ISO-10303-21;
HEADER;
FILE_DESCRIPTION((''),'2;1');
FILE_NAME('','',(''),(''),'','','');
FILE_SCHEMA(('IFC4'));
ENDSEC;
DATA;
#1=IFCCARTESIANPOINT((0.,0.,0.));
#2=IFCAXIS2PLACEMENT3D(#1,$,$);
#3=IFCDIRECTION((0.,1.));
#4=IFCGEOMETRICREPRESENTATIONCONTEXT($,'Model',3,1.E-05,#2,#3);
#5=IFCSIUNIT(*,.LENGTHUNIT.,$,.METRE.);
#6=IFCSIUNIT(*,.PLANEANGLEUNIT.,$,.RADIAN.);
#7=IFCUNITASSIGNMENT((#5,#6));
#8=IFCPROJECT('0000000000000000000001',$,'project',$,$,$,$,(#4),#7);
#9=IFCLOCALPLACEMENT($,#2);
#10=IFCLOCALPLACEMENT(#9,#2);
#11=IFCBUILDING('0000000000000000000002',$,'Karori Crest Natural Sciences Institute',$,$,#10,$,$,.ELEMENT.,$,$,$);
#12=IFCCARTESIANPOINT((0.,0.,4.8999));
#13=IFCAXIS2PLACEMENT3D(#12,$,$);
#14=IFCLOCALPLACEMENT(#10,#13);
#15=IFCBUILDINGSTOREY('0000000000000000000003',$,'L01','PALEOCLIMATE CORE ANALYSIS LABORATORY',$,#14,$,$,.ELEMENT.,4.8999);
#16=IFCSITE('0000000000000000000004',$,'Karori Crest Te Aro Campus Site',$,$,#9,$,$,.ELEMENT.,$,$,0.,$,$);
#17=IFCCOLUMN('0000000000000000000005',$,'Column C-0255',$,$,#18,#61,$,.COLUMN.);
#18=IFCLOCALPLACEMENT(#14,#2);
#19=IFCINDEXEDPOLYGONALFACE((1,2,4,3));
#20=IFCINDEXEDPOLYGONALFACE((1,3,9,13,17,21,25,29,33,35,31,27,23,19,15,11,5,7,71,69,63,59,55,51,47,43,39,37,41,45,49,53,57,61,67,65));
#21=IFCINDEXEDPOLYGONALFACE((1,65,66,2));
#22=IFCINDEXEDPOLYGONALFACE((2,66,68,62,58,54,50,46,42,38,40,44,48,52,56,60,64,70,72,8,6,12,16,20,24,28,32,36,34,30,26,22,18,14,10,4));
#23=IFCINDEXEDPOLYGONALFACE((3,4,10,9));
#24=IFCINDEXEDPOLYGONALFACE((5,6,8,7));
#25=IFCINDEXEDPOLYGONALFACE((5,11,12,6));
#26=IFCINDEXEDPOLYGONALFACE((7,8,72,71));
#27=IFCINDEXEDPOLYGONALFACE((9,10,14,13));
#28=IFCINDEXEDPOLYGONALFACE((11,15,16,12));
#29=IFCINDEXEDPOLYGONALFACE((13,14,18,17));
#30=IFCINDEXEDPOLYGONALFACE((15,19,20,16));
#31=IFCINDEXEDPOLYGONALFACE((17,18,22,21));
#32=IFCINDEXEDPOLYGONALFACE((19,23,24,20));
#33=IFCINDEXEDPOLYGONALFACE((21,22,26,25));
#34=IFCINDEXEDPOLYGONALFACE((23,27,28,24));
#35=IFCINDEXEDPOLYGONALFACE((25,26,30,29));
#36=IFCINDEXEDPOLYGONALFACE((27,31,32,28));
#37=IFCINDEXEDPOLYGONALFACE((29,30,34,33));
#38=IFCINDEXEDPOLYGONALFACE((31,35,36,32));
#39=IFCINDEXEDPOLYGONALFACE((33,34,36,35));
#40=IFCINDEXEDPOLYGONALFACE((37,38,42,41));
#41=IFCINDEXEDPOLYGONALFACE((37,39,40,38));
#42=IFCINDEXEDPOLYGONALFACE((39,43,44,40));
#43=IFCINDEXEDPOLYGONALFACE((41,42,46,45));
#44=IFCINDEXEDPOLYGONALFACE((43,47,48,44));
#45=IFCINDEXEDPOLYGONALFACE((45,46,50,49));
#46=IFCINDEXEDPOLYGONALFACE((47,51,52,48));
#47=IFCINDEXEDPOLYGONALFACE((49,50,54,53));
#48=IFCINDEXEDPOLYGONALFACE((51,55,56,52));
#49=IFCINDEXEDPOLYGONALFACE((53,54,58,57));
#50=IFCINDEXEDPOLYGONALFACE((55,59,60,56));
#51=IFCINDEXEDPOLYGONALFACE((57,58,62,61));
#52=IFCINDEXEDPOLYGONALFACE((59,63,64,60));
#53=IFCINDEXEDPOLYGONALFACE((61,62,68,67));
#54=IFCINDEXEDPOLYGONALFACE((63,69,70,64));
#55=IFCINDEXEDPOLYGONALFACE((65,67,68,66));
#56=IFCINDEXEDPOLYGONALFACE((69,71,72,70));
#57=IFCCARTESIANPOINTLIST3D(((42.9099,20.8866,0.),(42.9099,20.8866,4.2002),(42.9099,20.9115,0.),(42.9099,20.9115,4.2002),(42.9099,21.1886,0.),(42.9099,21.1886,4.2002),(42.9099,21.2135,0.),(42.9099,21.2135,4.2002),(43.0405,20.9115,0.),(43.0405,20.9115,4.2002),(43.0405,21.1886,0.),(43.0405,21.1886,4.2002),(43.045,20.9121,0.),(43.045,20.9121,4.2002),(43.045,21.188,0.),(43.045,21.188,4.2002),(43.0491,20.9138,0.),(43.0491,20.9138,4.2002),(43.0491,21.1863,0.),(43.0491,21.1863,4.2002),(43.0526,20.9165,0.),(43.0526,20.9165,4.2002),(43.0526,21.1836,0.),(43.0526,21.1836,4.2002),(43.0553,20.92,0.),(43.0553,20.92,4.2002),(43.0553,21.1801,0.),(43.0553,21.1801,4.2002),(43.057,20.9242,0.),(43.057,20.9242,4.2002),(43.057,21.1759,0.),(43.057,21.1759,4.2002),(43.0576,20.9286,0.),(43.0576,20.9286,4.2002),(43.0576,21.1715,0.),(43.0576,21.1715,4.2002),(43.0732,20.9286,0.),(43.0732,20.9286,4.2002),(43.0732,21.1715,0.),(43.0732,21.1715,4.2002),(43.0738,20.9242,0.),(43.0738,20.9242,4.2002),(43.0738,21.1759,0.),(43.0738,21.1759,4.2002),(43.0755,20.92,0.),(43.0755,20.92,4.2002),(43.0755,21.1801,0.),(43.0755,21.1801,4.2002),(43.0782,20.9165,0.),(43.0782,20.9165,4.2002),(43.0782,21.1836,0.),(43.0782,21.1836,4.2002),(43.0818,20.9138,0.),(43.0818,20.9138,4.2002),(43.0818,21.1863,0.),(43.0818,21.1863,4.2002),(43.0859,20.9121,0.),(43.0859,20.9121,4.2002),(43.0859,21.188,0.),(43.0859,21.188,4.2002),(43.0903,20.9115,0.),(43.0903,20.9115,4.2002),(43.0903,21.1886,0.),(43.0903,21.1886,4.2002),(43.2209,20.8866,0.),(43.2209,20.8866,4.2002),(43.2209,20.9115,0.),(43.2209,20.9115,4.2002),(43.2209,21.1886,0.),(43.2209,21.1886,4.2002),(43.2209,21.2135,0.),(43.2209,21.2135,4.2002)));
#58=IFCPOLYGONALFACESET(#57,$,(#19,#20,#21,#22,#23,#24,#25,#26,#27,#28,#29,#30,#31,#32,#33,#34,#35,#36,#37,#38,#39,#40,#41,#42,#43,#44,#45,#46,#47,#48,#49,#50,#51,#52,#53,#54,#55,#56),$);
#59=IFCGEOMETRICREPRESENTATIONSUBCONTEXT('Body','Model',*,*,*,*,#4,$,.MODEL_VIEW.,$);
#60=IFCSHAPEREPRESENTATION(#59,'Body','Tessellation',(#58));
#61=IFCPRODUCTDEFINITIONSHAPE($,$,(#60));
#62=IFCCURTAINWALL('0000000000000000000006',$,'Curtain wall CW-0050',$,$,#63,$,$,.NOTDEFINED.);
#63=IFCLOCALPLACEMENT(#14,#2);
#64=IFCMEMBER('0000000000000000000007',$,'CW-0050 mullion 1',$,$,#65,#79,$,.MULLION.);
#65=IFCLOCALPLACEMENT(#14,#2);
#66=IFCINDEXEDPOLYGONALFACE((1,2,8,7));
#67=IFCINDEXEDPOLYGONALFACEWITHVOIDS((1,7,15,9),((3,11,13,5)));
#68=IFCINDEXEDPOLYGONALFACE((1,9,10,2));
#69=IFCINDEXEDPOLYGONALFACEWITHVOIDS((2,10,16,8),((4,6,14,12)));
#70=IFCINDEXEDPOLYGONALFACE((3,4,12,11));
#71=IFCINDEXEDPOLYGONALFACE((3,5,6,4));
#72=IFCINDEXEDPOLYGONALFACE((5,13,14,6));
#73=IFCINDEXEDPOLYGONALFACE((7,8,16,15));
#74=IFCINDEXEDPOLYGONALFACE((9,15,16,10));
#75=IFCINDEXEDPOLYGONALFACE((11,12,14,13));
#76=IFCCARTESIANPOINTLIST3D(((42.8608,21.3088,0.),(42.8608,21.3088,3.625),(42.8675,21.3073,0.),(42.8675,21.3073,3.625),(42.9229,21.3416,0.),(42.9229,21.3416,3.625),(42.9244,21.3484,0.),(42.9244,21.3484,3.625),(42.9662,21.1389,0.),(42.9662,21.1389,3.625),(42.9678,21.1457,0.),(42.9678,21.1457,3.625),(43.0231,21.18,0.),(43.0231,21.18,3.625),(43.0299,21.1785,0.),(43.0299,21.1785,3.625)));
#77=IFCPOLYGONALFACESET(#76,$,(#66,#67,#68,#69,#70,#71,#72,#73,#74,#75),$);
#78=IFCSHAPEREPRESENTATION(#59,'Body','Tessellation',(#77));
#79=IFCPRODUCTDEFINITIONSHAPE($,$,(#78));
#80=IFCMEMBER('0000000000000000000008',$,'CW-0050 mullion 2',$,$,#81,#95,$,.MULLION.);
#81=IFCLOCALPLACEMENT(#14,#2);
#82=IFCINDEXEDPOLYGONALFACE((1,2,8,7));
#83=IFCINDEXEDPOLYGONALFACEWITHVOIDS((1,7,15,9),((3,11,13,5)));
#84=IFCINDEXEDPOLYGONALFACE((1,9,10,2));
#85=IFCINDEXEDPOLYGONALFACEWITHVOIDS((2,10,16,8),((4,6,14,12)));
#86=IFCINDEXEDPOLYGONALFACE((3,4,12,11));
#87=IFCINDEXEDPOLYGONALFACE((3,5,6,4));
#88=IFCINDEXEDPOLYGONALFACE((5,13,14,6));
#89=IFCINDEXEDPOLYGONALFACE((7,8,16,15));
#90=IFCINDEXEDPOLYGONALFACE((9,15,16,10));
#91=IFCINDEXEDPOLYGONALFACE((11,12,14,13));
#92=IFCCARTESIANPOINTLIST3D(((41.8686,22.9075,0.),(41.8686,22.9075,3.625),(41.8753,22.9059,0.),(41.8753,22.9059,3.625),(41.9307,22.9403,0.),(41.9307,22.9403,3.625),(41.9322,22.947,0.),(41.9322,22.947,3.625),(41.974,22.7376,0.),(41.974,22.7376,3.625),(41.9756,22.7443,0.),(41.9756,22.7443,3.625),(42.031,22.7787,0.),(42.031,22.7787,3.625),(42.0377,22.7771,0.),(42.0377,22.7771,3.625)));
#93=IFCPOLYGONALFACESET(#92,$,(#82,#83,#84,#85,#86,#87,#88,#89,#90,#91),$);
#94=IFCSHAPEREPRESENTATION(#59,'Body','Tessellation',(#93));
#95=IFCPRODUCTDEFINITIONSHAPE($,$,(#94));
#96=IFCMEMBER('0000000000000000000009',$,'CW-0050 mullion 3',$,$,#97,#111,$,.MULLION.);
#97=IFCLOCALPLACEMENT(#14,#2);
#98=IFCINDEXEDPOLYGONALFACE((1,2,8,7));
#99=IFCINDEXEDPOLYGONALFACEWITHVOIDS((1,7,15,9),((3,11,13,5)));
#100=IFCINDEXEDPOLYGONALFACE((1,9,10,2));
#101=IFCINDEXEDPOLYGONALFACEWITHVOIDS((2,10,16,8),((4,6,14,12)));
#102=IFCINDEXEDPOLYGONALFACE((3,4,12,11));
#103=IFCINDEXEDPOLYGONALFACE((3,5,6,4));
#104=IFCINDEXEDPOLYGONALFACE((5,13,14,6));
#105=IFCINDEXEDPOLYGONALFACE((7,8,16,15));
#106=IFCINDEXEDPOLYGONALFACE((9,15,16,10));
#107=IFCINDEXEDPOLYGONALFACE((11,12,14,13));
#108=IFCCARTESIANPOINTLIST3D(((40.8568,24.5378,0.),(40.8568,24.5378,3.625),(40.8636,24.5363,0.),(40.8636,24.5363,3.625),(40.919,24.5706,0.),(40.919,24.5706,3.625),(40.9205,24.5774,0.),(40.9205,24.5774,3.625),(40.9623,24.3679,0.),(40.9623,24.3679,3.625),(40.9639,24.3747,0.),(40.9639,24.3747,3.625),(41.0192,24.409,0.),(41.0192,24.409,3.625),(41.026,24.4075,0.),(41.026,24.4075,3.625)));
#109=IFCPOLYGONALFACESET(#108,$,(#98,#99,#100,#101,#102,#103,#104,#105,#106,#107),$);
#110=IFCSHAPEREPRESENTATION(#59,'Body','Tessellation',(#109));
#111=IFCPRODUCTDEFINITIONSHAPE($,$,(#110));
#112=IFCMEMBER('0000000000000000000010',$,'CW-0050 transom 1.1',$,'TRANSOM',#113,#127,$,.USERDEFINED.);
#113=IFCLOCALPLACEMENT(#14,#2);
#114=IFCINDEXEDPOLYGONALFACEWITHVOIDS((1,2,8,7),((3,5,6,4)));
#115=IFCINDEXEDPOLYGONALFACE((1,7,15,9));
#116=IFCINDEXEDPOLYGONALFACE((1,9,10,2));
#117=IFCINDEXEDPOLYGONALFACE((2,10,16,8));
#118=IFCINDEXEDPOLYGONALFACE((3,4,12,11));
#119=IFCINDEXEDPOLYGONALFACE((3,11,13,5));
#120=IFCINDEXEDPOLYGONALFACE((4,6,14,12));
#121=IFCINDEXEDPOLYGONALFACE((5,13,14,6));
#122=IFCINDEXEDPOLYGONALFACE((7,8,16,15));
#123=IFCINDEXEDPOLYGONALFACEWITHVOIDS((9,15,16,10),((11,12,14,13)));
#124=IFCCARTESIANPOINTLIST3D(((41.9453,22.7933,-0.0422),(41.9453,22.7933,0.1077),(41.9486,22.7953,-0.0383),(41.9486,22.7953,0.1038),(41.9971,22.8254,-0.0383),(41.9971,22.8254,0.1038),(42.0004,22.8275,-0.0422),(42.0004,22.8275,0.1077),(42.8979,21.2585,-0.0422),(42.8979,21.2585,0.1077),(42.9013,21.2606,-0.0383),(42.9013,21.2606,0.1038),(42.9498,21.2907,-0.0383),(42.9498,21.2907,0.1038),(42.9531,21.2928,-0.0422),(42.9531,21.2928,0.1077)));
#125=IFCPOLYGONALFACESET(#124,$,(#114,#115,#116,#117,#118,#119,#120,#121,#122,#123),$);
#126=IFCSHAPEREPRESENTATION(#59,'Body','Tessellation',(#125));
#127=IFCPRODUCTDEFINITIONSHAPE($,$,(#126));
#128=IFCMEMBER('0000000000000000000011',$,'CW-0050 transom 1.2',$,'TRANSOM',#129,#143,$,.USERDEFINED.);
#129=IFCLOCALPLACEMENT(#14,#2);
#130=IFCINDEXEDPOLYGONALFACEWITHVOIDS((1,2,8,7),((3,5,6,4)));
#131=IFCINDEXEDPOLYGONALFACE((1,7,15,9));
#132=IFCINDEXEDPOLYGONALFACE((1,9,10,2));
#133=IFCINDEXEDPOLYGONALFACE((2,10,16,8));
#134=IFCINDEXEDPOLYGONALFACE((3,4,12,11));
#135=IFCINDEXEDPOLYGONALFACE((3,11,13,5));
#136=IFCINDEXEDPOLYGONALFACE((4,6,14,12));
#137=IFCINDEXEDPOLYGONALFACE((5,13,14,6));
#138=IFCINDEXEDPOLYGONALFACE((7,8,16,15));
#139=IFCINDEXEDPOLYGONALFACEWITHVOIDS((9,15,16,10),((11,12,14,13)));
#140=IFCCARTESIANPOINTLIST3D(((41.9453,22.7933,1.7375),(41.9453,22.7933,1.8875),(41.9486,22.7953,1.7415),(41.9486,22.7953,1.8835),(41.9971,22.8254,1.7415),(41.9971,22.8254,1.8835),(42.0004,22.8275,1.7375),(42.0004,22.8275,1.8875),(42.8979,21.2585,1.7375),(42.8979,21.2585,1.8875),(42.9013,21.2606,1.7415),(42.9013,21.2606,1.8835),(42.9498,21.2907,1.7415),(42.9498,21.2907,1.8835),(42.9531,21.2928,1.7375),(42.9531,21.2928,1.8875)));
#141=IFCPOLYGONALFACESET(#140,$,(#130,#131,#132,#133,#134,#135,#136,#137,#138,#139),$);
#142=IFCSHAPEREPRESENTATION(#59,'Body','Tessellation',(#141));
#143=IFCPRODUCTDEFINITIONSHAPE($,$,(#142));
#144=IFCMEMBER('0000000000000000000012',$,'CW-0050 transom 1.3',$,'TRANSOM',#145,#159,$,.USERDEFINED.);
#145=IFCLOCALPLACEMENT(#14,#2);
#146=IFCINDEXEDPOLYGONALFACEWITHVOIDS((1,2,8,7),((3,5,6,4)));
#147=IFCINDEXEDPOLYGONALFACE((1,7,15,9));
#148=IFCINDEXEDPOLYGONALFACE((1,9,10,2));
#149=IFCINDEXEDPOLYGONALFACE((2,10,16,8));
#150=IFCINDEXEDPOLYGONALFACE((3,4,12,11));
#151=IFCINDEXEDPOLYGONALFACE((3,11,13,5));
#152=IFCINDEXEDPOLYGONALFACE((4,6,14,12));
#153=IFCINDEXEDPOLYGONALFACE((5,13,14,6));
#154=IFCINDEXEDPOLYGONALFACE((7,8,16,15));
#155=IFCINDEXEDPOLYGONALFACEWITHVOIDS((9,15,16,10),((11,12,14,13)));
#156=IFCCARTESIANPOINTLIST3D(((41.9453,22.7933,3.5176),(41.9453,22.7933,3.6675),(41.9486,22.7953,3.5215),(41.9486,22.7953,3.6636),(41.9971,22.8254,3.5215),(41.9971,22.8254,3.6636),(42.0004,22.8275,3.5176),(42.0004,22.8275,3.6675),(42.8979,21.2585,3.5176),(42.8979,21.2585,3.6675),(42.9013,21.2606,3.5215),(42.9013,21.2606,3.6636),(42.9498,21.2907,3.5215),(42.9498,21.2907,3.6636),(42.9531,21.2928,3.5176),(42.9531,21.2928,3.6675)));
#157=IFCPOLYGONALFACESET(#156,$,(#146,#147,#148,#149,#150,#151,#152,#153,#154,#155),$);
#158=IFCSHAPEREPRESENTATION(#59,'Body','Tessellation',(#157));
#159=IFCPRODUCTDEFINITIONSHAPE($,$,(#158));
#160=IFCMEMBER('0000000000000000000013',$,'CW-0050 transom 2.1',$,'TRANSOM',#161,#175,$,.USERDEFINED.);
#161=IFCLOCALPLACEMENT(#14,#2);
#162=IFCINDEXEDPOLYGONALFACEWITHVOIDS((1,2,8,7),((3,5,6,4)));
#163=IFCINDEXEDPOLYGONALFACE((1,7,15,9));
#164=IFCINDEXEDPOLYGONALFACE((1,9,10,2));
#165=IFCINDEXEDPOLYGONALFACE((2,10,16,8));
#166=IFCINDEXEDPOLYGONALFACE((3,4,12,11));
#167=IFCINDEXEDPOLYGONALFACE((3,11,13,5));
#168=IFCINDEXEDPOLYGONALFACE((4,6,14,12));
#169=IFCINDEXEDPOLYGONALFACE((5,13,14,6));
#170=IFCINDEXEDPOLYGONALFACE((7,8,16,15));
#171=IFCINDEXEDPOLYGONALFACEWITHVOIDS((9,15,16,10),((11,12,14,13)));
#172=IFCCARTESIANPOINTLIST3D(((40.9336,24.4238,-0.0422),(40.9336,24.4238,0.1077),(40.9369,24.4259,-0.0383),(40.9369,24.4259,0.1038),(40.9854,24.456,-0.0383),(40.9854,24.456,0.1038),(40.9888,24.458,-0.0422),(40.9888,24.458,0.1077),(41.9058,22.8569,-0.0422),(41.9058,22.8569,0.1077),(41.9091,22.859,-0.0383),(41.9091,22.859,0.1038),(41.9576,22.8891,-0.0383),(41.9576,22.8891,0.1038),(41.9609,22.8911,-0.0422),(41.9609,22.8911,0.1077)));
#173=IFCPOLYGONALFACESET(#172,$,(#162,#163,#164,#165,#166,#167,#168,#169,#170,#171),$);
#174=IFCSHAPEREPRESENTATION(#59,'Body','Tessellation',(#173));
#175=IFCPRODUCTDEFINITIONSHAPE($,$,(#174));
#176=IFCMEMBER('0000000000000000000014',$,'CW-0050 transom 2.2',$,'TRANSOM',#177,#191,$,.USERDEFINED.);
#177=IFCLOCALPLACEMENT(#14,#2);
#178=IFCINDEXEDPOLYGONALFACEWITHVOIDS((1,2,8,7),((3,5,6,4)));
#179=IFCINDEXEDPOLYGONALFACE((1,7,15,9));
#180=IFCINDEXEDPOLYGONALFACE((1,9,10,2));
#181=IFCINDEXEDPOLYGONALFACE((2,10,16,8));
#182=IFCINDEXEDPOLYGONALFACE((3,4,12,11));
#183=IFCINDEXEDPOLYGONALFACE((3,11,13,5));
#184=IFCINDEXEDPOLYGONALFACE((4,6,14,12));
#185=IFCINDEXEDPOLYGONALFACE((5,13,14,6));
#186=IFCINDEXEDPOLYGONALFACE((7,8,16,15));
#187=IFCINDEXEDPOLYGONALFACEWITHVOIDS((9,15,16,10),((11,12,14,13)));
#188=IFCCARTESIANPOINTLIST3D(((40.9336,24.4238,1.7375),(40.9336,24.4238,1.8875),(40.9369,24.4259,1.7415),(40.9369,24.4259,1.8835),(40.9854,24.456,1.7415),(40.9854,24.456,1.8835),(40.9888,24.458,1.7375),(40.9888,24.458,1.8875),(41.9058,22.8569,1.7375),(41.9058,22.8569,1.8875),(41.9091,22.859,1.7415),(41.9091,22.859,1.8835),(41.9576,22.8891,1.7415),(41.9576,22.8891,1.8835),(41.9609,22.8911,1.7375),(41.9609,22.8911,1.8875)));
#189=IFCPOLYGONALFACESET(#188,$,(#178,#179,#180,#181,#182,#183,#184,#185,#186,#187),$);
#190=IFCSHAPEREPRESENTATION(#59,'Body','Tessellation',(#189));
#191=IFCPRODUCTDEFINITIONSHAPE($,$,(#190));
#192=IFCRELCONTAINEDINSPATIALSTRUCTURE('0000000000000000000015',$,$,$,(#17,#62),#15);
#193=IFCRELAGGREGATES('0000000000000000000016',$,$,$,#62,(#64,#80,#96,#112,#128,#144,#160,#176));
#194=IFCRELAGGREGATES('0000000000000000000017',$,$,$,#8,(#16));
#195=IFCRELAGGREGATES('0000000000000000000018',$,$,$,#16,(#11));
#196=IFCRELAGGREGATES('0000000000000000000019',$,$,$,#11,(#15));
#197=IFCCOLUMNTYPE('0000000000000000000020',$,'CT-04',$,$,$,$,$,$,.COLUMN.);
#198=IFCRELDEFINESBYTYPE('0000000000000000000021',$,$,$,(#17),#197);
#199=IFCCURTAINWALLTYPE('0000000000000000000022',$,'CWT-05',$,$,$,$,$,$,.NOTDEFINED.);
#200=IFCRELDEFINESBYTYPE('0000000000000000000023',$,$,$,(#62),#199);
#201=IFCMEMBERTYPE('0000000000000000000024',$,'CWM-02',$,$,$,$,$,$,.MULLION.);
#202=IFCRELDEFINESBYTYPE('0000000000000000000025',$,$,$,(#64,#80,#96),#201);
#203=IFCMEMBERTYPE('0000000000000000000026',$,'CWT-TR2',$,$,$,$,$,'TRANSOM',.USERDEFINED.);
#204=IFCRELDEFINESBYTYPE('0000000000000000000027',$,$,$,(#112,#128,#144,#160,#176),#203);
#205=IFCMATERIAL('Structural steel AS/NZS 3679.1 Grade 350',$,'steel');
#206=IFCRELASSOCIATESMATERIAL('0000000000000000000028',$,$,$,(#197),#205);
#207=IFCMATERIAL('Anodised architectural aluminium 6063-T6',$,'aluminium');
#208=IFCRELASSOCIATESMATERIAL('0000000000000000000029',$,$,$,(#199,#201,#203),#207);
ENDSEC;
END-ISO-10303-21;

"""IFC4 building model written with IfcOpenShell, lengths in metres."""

from ifc_helpers import new_model, si_unit, direction, frame, origin, origin_2d, place, context, subcontext, project, spatial, hollow_rectangle, i_section, extrude, material, material_profile, profile_set, type_object, element, aggregate, save


model = new_model("IFC4")

# Units and contexts
model_context = context("Model", 3, precision=1e-05, world=origin(), true_north=direction((0.0, 1.0)))
body_context = subcontext(model_context, "Body", "Model", "MODEL_VIEW")
ifc_project = project(units=[si_unit("LENGTHUNIT", "METRE"), si_unit("PLANEANGLEUNIT", "RADIAN")], contexts=[model_context])

# Site, building, storey
site_placement = place(None, origin())
site = spatial("IfcSite", under=ifc_project, at=site_placement, Name="Karori Crest Te Aro Campus Site", CompositionType="ELEMENT", RefElevation=0.0)
building_placement = place(site_placement, origin())
building = spatial("IfcBuilding", under=site, at=building_placement, Name="Karori Crest Natural Sciences Institute", CompositionType="ELEMENT")
storey_placement = place(building_placement, frame((0.0, 0.0, 4.8999)))
storey = spatial("IfcBuildingStorey", under=building, at=storey_placement, Name="L01", Description="PALEOCLIMATE CORE ANALYSIS LABORATORY", CompositionType="ELEMENT", Elevation=4.8999)

# Column
ifc_material_1 = material(Name="Structural steel AS/NZS 3679.1 Grade 350", Category="steel")
ifc_material_profile_1 = material_profile(ifc_material_1, i_section(OverallWidth=0.311, OverallDepth=0.3269, WebThickness=0.0156, FlangeThickness=0.0249, FilletRadius=0.0171, at=origin_2d()), Name="310UC158")
ifc_profile_set_1 = profile_set([ifc_material_profile_1], Name="Structural steel AS/NZS 3679.1 Grade 350")
column_type = type_object("IfcColumnType", Name="CT-04", PredefinedType="COLUMN", material=ifc_profile_set_1)
column_placement = place(storey_placement, frame((43.0654, 21.05, 0.0), z_axis=(0.0, 0.0, 1.0), x_axis=(1.0, 0.0, 0.0)))
element("IfcColumn", 1, at=column_placement, inside=storey, type_object=column_type, Name="Column C-0255", PredefinedType="COLUMN", context=body_context, shape_type="SweptSolid", body=[
    extrude(i_section(OverallWidth=0.311, OverallDepth=0.3269, WebThickness=0.0156, FlangeThickness=0.0249, FilletRadius=0.0171, at=origin_2d()), origin(), (0.0, 0.0, 1.0), 4.2002),
])

# Curtain wall, members
ifc_material_2 = material(Name="Anodised architectural aluminium 6063-T6", Category="aluminium")
curtain_wall_type = type_object("IfcCurtainWallType", Name="CWT-05", PredefinedType="NOTDEFINED", material=ifc_material_2)
curtain_wall_placement = place(storey_placement, origin())
curtain_wall = element("IfcCurtainWall", 2, at=curtain_wall_placement, inside=storey, type_object=curtain_wall_type, Name="Curtain wall CW-0050", PredefinedType="NOTDEFINED")
ifc_material_profile_2 = material_profile(ifc_material_2, hollow_rectangle(XDim=0.075, YDim=0.2, WallThickness=0.0049, at=origin_2d()), Name="CWM200x75x5")
ifc_profile_set_2 = profile_set([ifc_material_profile_2], Name="Anodised architectural aluminium 6063-T6")
member_type_1 = type_object("IfcMemberType", Name="CWM-02", PredefinedType="MULLION", material=ifc_profile_set_2)
member_1_placement = place(storey_placement, frame((42.9453, 21.2437, 0.0), z_axis=(0.0, 0.0, 1.0), x_axis=(-0.849666, -0.527322, 0.0)))
member_1 = element("IfcMember", 3, at=member_1_placement, type_object=member_type_1, Name="CW-0050 mullion 1", PredefinedType="MULLION", context=body_context, shape_type="SweptSolid", body=[
    extrude(hollow_rectangle(XDim=0.075, YDim=0.2, WallThickness=0.0049, at=origin_2d()), origin(), (0.0, 0.0, 1.0), 3.625),
])
member_2_placement = place(storey_placement, frame((41.9531, 22.8423, 0.0), z_axis=(0.0, 0.0, 1.0), x_axis=(-0.849666, -0.527322, 0.0)))
member_2 = element("IfcMember", 4, at=member_2_placement, type_object=member_type_1, Name="CW-0050 mullion 2", PredefinedType="MULLION", context=body_context, shape_type="SweptSolid", body=[
    extrude(hollow_rectangle(XDim=0.075, YDim=0.2, WallThickness=0.0049, at=origin_2d()), origin(), (0.0, 0.0, 1.0), 3.625),
])
member_3_placement = place(storey_placement, frame((40.9414, 24.4727, 0.0), z_axis=(0.0, 0.0, 1.0), x_axis=(-0.849666, -0.527322, 0.0)))
member_3 = element("IfcMember", 5, at=member_3_placement, type_object=member_type_1, Name="CW-0050 mullion 3", PredefinedType="MULLION", context=body_context, shape_type="SweptSolid", body=[
    extrude(hollow_rectangle(XDim=0.075, YDim=0.2, WallThickness=0.0049, at=origin_2d()), origin(), (0.0, 0.0, 1.0), 3.625),
])
ifc_material_profile_3 = material_profile(ifc_material_2, hollow_rectangle(XDim=0.0649, YDim=0.1499, WallThickness=0.0039, at=origin_2d()), Name="CWT150x65x4")
ifc_profile_set_3 = profile_set([ifc_material_profile_3], Name="Anodised architectural aluminium 6063-T6")
member_type_2 = type_object("IfcMemberType", Name="CWT-TR2", ElementType="TRANSOM", PredefinedType="USERDEFINED", material=ifc_profile_set_3)
member_4_placement = place(storey_placement, frame((42.9255, 21.2756, 0.0327), z_axis=(-0.527397, 0.849619, 0.0), x_axis=(-0.849619, -0.527397, 0.0)))
member_4 = element("IfcMember", 6, at=member_4_placement, type_object=member_type_2, Name="CW-0050 transom 1.1", ObjectType="TRANSOM", PredefinedType="USERDEFINED", context=body_context, shape_type="SweptSolid", body=[
    extrude(hollow_rectangle(XDim=0.0649, YDim=0.1499, WallThickness=0.0039, at=origin_2d()), origin(), (0.0, 0.0, 1.0), 1.8064),
])
member_5_placement = place(storey_placement, frame((42.9255, 21.2756, 1.8125), z_axis=(-0.527397, 0.849619, 0.0), x_axis=(-0.849619, -0.527397, 0.0)))
member_5 = element("IfcMember", 7, at=member_5_placement, type_object=member_type_2, Name="CW-0050 transom 1.2", ObjectType="TRANSOM", PredefinedType="USERDEFINED", context=body_context, shape_type="SweptSolid", body=[
    extrude(hollow_rectangle(XDim=0.0649, YDim=0.1499, WallThickness=0.0039, at=origin_2d()), origin(), (0.0, 0.0, 1.0), 1.8064),
])
member_6_placement = place(storey_placement, frame((42.9255, 21.2756, 3.5925), z_axis=(-0.527397, 0.849619, 0.0), x_axis=(-0.849619, -0.527397, 0.0)))
member_6 = element("IfcMember", 8, at=member_6_placement, type_object=member_type_2, Name="CW-0050 transom 1.3", ObjectType="TRANSOM", PredefinedType="USERDEFINED", context=body_context, shape_type="SweptSolid", body=[
    extrude(hollow_rectangle(XDim=0.0649, YDim=0.1499, WallThickness=0.0039, at=origin_2d()), origin(), (0.0, 0.0, 1.0), 1.8064),
])
member_7_placement = place(storey_placement, frame((41.9333, 22.874, 0.0327), z_axis=(-0.527211, 0.849734, 0.0), x_axis=(-0.849734, -0.527211, 0.0)))
member_7 = element("IfcMember", 9, at=member_7_placement, type_object=member_type_2, Name="CW-0050 transom 2.1", ObjectType="TRANSOM", PredefinedType="USERDEFINED", context=body_context, shape_type="SweptSolid", body=[
    extrude(hollow_rectangle(XDim=0.0649, YDim=0.1499, WallThickness=0.0039, at=origin_2d()), origin(), (0.0, 0.0, 1.0), 1.844),
])
member_8_placement = place(storey_placement, frame((41.9333, 22.874, 1.8125), z_axis=(-0.527211, 0.849734, 0.0), x_axis=(-0.849734, -0.527211, 0.0)))
member_8 = element("IfcMember", 10, at=member_8_placement, type_object=member_type_2, Name="CW-0050 transom 2.2", ObjectType="TRANSOM", PredefinedType="USERDEFINED", context=body_context, shape_type="SweptSolid", body=[
    extrude(hollow_rectangle(XDim=0.0649, YDim=0.1499, WallThickness=0.0039, at=origin_2d()), origin(), (0.0, 0.0, 1.0), 1.844),
])
aggregate(curtain_wall, [member_1, member_2, member_3, member_4, member_5, member_6, member_7, member_8])

save(model, "model.ifc")
